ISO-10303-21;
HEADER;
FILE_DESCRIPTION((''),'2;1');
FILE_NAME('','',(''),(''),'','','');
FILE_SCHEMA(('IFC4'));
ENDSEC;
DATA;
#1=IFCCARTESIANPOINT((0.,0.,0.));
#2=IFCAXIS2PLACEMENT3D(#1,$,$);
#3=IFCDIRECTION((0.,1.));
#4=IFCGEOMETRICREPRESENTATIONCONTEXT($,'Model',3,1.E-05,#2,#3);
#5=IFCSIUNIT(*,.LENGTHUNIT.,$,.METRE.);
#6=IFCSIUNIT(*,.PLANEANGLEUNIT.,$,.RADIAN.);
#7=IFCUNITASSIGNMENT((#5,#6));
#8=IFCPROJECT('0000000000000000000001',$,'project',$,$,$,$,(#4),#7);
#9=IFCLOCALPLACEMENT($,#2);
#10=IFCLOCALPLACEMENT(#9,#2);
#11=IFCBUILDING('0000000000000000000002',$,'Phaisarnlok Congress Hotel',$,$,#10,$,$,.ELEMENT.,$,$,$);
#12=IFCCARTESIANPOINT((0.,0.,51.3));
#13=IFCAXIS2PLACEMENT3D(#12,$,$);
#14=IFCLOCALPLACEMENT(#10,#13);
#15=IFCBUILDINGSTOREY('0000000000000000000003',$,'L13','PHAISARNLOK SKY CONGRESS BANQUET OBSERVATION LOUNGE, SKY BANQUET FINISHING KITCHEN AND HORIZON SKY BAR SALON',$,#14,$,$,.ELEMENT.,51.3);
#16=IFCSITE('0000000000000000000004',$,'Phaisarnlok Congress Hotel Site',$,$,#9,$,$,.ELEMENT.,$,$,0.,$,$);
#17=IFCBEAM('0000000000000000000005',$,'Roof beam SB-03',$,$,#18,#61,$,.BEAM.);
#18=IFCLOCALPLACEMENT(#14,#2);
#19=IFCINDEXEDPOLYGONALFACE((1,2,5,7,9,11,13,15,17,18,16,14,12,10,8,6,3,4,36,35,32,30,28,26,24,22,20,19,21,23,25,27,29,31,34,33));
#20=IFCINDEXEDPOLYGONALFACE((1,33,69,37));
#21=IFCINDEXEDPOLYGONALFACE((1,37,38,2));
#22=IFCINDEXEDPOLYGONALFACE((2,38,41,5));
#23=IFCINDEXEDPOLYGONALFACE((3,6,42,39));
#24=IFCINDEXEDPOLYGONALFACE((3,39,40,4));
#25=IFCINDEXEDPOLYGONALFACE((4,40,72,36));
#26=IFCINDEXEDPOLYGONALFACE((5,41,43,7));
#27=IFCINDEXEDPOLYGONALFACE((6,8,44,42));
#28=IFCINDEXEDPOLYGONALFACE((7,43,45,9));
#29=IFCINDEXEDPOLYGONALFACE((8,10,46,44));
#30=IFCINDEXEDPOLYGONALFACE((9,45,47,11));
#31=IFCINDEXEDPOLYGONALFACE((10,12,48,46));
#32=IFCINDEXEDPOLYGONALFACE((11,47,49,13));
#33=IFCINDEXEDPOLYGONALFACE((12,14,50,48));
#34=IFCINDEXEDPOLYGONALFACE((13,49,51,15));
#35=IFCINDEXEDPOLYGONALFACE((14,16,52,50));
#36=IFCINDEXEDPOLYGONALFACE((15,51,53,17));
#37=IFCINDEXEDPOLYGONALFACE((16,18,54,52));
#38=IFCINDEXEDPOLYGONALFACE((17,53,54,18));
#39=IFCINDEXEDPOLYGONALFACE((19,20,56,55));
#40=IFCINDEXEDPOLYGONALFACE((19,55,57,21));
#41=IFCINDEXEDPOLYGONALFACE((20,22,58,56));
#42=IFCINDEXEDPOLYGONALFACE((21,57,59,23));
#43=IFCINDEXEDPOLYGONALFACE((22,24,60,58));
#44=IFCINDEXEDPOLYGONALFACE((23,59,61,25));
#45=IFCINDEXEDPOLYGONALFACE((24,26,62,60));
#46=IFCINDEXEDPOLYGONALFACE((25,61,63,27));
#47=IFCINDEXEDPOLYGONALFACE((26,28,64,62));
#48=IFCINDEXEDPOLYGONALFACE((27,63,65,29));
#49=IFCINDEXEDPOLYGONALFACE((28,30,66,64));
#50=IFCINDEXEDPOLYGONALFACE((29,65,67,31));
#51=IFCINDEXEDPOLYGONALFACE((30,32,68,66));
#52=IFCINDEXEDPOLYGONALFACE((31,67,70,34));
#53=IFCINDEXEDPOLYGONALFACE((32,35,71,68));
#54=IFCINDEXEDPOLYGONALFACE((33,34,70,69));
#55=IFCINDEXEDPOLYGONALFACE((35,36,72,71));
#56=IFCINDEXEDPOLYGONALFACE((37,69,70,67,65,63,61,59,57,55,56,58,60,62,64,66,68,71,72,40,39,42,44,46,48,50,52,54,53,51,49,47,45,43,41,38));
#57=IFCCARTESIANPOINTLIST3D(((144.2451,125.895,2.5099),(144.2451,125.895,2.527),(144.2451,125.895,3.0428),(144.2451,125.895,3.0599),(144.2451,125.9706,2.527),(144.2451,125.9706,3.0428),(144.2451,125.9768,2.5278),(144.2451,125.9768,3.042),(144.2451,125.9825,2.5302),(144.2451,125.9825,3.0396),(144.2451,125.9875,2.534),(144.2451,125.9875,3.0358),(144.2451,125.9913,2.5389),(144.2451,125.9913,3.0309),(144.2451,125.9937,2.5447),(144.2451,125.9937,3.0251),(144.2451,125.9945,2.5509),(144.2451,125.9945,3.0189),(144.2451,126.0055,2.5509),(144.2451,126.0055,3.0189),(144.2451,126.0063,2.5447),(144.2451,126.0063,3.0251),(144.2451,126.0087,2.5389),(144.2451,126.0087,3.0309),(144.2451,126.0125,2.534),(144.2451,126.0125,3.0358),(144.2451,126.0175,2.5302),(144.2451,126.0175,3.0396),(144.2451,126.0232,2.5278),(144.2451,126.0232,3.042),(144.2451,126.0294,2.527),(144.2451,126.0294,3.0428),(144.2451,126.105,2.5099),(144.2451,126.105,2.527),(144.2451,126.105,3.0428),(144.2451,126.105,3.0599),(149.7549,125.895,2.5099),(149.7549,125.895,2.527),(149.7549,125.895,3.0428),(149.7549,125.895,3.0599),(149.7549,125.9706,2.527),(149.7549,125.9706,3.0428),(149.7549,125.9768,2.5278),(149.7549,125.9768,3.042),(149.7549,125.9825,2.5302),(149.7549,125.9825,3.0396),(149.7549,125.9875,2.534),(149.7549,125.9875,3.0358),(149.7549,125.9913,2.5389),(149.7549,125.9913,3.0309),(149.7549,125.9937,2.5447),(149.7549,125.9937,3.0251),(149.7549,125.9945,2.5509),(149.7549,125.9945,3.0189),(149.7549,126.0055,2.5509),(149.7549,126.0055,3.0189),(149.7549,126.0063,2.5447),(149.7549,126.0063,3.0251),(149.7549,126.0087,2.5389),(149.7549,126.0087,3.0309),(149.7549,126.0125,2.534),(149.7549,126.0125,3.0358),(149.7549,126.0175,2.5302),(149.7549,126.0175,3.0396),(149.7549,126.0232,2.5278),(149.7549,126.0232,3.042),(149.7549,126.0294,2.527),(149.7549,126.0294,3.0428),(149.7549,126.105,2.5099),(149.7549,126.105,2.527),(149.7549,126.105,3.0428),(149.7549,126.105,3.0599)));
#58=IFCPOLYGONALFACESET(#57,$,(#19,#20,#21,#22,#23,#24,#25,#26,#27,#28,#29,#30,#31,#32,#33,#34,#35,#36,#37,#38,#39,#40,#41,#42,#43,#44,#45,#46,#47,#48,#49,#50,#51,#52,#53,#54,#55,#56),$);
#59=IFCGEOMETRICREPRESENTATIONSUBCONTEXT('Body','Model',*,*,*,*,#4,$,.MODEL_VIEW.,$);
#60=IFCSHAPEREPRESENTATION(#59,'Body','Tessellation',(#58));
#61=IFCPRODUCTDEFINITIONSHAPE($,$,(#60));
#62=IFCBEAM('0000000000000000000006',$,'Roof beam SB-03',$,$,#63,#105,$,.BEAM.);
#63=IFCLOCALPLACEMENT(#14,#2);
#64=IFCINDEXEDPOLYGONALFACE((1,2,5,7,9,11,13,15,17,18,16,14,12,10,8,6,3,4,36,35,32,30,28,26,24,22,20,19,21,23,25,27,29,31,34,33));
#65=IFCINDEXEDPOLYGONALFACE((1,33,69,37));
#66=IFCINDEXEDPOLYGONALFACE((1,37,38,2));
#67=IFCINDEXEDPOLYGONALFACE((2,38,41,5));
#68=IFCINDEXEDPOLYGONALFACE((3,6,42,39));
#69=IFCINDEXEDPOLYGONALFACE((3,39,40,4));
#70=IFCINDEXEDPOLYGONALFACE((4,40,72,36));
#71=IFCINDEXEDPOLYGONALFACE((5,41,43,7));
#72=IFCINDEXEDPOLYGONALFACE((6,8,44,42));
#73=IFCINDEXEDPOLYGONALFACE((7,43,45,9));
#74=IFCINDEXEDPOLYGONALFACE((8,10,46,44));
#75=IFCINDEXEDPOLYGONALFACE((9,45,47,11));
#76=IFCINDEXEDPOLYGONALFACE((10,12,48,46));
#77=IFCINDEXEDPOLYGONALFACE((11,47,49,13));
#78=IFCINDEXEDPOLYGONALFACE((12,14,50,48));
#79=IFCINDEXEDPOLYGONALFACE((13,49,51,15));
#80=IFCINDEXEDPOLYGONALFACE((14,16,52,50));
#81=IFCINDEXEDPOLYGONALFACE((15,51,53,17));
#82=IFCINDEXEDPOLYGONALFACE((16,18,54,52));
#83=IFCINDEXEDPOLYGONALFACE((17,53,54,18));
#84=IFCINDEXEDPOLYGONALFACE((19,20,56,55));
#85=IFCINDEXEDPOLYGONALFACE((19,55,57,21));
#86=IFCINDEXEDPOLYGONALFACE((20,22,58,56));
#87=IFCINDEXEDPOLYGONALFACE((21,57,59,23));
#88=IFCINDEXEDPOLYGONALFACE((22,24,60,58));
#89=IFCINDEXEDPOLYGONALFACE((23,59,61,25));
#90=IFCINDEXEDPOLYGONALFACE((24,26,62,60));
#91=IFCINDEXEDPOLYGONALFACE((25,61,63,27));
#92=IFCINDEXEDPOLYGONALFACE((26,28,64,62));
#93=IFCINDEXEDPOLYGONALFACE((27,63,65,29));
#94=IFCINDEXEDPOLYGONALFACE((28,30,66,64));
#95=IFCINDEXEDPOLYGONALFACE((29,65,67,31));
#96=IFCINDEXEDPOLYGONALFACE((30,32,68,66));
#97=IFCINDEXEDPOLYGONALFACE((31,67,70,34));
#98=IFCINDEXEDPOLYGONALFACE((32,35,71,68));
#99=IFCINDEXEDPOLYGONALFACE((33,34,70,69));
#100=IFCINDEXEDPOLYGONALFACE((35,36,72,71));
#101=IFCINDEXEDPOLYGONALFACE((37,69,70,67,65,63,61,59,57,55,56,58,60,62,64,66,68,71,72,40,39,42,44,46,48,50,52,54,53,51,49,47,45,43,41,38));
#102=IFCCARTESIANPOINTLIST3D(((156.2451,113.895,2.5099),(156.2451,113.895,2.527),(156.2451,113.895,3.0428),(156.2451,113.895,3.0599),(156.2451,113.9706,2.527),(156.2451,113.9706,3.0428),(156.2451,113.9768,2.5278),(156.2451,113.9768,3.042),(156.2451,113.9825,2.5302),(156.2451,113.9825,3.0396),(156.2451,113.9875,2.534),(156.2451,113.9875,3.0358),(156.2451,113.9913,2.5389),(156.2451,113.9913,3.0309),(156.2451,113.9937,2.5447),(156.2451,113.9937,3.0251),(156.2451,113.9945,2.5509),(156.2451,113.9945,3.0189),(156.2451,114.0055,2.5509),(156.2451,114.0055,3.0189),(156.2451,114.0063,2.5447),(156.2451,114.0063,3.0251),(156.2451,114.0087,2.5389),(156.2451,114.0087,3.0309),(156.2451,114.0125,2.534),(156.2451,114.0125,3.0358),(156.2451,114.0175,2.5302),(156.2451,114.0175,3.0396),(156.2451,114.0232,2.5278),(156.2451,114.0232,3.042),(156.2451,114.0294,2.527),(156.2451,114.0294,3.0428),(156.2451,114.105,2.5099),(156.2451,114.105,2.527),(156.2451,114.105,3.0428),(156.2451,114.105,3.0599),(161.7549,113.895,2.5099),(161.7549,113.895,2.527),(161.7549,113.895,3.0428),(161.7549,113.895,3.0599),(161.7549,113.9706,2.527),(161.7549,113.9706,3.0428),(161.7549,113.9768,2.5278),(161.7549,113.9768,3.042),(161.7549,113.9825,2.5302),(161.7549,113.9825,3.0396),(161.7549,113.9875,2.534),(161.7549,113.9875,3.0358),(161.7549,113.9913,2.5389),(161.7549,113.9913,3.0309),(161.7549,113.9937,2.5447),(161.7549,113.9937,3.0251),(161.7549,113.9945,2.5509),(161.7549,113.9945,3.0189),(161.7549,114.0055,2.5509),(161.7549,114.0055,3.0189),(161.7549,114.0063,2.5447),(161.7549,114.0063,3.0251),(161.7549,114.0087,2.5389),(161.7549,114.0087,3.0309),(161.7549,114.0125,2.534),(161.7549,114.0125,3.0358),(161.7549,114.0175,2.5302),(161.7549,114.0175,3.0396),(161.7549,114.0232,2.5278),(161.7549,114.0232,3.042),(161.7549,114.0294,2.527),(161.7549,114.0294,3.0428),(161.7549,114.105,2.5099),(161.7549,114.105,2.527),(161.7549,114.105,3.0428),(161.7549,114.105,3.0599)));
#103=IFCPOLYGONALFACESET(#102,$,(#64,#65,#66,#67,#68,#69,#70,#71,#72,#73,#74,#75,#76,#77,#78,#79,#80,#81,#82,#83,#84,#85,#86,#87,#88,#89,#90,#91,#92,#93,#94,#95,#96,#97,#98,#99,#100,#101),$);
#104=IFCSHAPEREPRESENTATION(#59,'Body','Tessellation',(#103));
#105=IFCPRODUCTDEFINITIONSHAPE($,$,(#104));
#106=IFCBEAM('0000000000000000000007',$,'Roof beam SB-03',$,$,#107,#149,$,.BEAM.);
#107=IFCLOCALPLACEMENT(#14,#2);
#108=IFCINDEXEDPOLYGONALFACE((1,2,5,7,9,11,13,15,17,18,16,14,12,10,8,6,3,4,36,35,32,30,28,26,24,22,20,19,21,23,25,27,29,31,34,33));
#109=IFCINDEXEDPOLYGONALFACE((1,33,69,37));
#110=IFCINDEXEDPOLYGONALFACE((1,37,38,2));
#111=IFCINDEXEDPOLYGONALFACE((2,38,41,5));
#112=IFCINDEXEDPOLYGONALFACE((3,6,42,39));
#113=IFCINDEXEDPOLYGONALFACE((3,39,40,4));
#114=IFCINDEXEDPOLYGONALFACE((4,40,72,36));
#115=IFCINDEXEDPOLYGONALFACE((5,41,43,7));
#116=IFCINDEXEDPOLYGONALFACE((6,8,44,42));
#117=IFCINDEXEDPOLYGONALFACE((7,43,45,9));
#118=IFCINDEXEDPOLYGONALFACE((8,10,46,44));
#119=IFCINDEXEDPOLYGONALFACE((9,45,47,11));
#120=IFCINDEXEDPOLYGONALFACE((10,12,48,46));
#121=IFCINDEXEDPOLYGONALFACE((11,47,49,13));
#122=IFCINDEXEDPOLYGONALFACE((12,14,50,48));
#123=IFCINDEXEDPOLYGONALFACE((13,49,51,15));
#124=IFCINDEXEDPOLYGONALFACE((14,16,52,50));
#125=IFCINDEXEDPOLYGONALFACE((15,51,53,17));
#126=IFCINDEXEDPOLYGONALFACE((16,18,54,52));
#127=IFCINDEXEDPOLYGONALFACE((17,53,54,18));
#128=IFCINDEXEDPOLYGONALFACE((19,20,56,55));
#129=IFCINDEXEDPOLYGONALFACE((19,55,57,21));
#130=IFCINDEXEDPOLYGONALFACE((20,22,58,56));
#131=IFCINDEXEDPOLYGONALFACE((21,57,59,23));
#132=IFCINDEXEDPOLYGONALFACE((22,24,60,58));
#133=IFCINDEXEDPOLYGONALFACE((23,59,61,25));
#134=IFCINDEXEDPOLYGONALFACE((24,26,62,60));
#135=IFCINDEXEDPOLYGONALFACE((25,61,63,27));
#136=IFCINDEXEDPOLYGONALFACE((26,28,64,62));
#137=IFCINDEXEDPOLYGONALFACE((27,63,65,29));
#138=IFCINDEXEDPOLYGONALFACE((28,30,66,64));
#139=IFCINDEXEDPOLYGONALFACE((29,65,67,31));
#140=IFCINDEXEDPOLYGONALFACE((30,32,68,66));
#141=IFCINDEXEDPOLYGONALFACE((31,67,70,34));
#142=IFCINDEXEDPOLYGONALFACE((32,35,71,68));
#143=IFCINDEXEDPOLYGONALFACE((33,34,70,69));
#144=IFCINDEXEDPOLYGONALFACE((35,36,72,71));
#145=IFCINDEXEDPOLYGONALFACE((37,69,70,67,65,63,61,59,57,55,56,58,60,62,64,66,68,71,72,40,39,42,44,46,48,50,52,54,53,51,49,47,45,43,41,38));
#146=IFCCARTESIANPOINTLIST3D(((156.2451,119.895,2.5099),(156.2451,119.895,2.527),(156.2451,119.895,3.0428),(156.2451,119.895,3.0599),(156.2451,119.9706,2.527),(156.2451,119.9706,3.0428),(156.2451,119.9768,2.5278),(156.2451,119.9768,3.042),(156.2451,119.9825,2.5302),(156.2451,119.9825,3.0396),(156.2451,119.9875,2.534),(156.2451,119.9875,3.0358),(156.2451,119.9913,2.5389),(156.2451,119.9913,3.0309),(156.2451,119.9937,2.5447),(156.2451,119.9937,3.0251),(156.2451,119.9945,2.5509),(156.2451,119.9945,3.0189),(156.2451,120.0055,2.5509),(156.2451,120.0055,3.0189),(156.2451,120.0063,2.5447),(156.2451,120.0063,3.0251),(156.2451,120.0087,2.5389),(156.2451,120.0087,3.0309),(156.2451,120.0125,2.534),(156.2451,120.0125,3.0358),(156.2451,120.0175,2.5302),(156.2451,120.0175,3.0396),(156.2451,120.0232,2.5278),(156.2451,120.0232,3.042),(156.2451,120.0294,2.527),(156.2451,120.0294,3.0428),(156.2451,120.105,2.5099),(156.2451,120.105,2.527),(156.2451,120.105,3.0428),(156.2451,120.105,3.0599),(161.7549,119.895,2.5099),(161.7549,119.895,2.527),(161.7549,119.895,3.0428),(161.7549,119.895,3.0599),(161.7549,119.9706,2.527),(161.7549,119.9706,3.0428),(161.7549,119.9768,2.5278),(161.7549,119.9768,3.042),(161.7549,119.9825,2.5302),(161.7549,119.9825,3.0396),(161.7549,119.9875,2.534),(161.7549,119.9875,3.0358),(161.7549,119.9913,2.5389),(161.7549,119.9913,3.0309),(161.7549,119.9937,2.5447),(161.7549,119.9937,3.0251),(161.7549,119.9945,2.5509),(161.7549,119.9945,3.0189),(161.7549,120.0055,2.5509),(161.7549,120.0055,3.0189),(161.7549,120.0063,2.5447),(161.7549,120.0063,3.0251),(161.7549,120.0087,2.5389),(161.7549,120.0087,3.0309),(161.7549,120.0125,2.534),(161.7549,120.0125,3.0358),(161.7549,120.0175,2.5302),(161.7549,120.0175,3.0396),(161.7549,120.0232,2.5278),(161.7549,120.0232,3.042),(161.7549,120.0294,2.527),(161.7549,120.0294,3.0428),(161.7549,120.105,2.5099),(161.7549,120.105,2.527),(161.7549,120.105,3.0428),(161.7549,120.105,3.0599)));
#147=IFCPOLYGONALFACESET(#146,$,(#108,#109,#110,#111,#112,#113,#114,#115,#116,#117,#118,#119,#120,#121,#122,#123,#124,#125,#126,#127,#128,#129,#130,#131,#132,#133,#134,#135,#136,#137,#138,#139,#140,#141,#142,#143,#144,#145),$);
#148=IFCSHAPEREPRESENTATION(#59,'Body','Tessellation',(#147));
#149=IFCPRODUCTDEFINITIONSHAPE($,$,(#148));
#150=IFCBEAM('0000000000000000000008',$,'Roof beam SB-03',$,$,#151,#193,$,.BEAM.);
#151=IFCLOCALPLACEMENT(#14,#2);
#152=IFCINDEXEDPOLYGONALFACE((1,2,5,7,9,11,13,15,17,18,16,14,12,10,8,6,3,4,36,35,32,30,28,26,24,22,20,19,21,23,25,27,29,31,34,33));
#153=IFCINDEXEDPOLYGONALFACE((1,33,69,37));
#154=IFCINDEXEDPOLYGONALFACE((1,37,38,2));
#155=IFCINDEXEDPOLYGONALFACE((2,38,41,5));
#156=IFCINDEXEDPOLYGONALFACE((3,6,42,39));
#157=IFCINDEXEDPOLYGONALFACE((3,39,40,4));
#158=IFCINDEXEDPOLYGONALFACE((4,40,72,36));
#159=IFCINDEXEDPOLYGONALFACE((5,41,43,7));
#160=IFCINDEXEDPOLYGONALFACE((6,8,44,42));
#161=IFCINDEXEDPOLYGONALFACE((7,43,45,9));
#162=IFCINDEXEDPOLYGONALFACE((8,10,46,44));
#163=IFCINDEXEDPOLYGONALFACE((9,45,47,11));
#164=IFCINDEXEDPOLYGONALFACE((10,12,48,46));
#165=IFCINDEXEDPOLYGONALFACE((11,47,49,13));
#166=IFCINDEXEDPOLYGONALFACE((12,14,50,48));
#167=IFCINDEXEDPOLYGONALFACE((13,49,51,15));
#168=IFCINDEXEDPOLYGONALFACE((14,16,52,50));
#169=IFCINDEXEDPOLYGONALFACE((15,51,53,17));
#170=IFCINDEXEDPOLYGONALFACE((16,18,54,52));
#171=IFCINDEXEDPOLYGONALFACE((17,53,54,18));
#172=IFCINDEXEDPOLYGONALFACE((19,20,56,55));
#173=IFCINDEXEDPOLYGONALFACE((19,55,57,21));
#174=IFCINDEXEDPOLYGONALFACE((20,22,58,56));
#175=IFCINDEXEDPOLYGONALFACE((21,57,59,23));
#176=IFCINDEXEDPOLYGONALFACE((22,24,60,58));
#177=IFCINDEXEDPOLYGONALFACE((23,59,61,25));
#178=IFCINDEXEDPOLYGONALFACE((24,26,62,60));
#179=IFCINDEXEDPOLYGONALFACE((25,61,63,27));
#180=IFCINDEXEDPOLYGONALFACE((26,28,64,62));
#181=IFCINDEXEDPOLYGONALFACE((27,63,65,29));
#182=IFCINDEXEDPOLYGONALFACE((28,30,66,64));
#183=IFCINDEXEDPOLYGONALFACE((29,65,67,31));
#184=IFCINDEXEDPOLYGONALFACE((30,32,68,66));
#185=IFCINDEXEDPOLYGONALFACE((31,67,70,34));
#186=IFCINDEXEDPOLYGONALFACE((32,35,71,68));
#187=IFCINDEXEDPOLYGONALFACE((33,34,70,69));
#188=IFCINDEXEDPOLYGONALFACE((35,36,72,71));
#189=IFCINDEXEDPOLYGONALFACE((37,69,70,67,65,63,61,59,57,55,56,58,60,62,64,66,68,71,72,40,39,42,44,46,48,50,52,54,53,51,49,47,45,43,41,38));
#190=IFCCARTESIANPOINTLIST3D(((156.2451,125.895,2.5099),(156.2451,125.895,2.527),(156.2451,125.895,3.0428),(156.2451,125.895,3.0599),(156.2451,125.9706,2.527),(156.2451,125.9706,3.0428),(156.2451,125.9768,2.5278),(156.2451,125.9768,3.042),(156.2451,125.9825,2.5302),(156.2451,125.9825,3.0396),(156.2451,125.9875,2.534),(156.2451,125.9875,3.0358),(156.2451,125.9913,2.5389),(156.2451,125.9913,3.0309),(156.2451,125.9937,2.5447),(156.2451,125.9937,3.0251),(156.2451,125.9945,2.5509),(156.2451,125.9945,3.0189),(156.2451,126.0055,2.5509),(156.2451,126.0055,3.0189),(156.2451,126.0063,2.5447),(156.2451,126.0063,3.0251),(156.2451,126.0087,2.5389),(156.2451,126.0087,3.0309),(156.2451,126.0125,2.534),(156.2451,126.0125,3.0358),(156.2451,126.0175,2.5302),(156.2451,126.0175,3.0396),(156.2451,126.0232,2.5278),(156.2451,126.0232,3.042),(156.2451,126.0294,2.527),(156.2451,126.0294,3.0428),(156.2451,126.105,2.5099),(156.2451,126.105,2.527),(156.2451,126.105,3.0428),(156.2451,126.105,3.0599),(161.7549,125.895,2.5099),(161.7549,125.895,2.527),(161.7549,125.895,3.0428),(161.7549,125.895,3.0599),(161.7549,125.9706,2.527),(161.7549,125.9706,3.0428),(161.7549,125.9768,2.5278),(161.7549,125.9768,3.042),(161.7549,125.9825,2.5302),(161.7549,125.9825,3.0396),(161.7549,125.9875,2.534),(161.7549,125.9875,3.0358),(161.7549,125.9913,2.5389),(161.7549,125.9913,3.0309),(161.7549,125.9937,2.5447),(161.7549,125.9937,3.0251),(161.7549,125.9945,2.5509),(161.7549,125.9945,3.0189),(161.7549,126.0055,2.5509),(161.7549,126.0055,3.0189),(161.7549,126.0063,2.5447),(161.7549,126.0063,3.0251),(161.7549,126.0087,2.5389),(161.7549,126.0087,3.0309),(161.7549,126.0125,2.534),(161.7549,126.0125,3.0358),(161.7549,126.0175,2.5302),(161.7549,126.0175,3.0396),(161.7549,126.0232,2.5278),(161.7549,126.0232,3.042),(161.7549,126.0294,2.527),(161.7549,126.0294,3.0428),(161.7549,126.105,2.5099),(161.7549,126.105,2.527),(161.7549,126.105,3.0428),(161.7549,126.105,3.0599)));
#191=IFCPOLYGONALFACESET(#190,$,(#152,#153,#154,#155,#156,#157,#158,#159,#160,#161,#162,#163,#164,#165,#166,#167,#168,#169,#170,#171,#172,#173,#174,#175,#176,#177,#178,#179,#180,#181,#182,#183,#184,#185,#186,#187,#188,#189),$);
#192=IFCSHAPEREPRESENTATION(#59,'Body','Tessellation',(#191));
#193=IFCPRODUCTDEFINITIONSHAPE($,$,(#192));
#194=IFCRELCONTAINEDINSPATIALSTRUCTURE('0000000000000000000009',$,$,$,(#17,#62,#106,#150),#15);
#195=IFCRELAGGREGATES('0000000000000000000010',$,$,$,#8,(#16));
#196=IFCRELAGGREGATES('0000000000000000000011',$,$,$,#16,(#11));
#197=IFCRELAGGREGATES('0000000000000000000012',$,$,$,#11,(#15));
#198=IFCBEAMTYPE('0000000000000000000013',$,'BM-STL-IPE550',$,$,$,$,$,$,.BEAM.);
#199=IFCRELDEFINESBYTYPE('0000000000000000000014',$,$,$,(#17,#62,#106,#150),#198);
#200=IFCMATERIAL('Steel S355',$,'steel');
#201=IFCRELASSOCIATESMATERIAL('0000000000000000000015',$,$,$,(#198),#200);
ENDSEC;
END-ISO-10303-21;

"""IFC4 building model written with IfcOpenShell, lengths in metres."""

from ifc_helpers import new_model, si_unit, direction, frame, origin, origin_2d, place, context, subcontext, project, spatial, i_section, extrude, material, material_profile, profile_set, type_object, element, save


model = new_model("IFC4")

# Units and contexts
model_context = context("Model", 3, precision=1e-05, world=origin(), true_north=direction((0.0, 1.0)))
body_context = subcontext(model_context, "Body", "Model", "MODEL_VIEW")
ifc_project = project(units=[si_unit("LENGTHUNIT", "METRE"), si_unit("PLANEANGLEUNIT", "RADIAN")], contexts=[model_context])

# Site, building, storey
site_placement = place(None, origin())
site = spatial("IfcSite", under=ifc_project, at=site_placement, Name="Phaisarnlok Congress Hotel Site", CompositionType="ELEMENT", RefElevation=0.0)
building_placement = place(site_placement, origin())
building = spatial("IfcBuilding", under=site, at=building_placement, Name="Phaisarnlok Congress Hotel", CompositionType="ELEMENT")
storey_placement = place(building_placement, frame((0.0, 0.0, 51.3)))
storey = spatial("IfcBuildingStorey", under=building, at=storey_placement, Name="L13", Description="PHAISARNLOK SKY CONGRESS BANQUET OBSERVATION LOUNGE, SKY BANQUET FINISHING KITCHEN AND HORIZON SKY BAR SALON", CompositionType="ELEMENT", Elevation=51.3)

# Beams
ifc_material_1 = material(Name="Steel S355", Category="steel")
ifc_material_profile_1 = material_profile(ifc_material_1, i_section(OverallWidth=0.21, OverallDepth=0.55, WebThickness=0.011, FlangeThickness=0.0171, FilletRadius=0.0239, at=origin_2d()), Name="IPE 550")
ifc_profile_set_1 = profile_set([ifc_material_profile_1], Name="Steel S355")
beam_type_1 = type_object("IfcBeamType", Name="BM-STL-IPE550", PredefinedType="BEAM", material=ifc_profile_set_1)
for number, where, z_axis, x_axis, name in (
    (1, (144.2451, 126.0, 2.7849), (1.0, 0.0, 0.0), (0.0, 1.0, 0.0), "Roof beam SB-03"),
    (2, (156.2451, 114.0, 2.7849), (1.0, 0.0, 0.0), (0.0, 1.0, 0.0), "Roof beam SB-03"),
    (3, (156.2451, 120.0, 2.7849), (1.0, 0.0, 0.0), (0.0, 1.0, 0.0), "Roof beam SB-03"),
    (4, (156.2451, 126.0, 2.7849), (1.0, 0.0, 0.0), (0.0, 1.0, 0.0), "Roof beam SB-03"),
):
    element("IfcBeam", number, at=place(storey_placement, frame(where, z_axis=z_axis, x_axis=x_axis)), inside=storey, type_object=beam_type_1, Name=name, PredefinedType="BEAM", context=body_context, shape_type="SweptSolid", body=[
        extrude(i_section(OverallWidth=0.21, OverallDepth=0.55, WebThickness=0.011, FlangeThickness=0.0171, FilletRadius=0.0239, at=origin_2d()), origin(), (0.0, 0.0, 1.0), 5.5098),
    ])

save(model, "model.ifc")
